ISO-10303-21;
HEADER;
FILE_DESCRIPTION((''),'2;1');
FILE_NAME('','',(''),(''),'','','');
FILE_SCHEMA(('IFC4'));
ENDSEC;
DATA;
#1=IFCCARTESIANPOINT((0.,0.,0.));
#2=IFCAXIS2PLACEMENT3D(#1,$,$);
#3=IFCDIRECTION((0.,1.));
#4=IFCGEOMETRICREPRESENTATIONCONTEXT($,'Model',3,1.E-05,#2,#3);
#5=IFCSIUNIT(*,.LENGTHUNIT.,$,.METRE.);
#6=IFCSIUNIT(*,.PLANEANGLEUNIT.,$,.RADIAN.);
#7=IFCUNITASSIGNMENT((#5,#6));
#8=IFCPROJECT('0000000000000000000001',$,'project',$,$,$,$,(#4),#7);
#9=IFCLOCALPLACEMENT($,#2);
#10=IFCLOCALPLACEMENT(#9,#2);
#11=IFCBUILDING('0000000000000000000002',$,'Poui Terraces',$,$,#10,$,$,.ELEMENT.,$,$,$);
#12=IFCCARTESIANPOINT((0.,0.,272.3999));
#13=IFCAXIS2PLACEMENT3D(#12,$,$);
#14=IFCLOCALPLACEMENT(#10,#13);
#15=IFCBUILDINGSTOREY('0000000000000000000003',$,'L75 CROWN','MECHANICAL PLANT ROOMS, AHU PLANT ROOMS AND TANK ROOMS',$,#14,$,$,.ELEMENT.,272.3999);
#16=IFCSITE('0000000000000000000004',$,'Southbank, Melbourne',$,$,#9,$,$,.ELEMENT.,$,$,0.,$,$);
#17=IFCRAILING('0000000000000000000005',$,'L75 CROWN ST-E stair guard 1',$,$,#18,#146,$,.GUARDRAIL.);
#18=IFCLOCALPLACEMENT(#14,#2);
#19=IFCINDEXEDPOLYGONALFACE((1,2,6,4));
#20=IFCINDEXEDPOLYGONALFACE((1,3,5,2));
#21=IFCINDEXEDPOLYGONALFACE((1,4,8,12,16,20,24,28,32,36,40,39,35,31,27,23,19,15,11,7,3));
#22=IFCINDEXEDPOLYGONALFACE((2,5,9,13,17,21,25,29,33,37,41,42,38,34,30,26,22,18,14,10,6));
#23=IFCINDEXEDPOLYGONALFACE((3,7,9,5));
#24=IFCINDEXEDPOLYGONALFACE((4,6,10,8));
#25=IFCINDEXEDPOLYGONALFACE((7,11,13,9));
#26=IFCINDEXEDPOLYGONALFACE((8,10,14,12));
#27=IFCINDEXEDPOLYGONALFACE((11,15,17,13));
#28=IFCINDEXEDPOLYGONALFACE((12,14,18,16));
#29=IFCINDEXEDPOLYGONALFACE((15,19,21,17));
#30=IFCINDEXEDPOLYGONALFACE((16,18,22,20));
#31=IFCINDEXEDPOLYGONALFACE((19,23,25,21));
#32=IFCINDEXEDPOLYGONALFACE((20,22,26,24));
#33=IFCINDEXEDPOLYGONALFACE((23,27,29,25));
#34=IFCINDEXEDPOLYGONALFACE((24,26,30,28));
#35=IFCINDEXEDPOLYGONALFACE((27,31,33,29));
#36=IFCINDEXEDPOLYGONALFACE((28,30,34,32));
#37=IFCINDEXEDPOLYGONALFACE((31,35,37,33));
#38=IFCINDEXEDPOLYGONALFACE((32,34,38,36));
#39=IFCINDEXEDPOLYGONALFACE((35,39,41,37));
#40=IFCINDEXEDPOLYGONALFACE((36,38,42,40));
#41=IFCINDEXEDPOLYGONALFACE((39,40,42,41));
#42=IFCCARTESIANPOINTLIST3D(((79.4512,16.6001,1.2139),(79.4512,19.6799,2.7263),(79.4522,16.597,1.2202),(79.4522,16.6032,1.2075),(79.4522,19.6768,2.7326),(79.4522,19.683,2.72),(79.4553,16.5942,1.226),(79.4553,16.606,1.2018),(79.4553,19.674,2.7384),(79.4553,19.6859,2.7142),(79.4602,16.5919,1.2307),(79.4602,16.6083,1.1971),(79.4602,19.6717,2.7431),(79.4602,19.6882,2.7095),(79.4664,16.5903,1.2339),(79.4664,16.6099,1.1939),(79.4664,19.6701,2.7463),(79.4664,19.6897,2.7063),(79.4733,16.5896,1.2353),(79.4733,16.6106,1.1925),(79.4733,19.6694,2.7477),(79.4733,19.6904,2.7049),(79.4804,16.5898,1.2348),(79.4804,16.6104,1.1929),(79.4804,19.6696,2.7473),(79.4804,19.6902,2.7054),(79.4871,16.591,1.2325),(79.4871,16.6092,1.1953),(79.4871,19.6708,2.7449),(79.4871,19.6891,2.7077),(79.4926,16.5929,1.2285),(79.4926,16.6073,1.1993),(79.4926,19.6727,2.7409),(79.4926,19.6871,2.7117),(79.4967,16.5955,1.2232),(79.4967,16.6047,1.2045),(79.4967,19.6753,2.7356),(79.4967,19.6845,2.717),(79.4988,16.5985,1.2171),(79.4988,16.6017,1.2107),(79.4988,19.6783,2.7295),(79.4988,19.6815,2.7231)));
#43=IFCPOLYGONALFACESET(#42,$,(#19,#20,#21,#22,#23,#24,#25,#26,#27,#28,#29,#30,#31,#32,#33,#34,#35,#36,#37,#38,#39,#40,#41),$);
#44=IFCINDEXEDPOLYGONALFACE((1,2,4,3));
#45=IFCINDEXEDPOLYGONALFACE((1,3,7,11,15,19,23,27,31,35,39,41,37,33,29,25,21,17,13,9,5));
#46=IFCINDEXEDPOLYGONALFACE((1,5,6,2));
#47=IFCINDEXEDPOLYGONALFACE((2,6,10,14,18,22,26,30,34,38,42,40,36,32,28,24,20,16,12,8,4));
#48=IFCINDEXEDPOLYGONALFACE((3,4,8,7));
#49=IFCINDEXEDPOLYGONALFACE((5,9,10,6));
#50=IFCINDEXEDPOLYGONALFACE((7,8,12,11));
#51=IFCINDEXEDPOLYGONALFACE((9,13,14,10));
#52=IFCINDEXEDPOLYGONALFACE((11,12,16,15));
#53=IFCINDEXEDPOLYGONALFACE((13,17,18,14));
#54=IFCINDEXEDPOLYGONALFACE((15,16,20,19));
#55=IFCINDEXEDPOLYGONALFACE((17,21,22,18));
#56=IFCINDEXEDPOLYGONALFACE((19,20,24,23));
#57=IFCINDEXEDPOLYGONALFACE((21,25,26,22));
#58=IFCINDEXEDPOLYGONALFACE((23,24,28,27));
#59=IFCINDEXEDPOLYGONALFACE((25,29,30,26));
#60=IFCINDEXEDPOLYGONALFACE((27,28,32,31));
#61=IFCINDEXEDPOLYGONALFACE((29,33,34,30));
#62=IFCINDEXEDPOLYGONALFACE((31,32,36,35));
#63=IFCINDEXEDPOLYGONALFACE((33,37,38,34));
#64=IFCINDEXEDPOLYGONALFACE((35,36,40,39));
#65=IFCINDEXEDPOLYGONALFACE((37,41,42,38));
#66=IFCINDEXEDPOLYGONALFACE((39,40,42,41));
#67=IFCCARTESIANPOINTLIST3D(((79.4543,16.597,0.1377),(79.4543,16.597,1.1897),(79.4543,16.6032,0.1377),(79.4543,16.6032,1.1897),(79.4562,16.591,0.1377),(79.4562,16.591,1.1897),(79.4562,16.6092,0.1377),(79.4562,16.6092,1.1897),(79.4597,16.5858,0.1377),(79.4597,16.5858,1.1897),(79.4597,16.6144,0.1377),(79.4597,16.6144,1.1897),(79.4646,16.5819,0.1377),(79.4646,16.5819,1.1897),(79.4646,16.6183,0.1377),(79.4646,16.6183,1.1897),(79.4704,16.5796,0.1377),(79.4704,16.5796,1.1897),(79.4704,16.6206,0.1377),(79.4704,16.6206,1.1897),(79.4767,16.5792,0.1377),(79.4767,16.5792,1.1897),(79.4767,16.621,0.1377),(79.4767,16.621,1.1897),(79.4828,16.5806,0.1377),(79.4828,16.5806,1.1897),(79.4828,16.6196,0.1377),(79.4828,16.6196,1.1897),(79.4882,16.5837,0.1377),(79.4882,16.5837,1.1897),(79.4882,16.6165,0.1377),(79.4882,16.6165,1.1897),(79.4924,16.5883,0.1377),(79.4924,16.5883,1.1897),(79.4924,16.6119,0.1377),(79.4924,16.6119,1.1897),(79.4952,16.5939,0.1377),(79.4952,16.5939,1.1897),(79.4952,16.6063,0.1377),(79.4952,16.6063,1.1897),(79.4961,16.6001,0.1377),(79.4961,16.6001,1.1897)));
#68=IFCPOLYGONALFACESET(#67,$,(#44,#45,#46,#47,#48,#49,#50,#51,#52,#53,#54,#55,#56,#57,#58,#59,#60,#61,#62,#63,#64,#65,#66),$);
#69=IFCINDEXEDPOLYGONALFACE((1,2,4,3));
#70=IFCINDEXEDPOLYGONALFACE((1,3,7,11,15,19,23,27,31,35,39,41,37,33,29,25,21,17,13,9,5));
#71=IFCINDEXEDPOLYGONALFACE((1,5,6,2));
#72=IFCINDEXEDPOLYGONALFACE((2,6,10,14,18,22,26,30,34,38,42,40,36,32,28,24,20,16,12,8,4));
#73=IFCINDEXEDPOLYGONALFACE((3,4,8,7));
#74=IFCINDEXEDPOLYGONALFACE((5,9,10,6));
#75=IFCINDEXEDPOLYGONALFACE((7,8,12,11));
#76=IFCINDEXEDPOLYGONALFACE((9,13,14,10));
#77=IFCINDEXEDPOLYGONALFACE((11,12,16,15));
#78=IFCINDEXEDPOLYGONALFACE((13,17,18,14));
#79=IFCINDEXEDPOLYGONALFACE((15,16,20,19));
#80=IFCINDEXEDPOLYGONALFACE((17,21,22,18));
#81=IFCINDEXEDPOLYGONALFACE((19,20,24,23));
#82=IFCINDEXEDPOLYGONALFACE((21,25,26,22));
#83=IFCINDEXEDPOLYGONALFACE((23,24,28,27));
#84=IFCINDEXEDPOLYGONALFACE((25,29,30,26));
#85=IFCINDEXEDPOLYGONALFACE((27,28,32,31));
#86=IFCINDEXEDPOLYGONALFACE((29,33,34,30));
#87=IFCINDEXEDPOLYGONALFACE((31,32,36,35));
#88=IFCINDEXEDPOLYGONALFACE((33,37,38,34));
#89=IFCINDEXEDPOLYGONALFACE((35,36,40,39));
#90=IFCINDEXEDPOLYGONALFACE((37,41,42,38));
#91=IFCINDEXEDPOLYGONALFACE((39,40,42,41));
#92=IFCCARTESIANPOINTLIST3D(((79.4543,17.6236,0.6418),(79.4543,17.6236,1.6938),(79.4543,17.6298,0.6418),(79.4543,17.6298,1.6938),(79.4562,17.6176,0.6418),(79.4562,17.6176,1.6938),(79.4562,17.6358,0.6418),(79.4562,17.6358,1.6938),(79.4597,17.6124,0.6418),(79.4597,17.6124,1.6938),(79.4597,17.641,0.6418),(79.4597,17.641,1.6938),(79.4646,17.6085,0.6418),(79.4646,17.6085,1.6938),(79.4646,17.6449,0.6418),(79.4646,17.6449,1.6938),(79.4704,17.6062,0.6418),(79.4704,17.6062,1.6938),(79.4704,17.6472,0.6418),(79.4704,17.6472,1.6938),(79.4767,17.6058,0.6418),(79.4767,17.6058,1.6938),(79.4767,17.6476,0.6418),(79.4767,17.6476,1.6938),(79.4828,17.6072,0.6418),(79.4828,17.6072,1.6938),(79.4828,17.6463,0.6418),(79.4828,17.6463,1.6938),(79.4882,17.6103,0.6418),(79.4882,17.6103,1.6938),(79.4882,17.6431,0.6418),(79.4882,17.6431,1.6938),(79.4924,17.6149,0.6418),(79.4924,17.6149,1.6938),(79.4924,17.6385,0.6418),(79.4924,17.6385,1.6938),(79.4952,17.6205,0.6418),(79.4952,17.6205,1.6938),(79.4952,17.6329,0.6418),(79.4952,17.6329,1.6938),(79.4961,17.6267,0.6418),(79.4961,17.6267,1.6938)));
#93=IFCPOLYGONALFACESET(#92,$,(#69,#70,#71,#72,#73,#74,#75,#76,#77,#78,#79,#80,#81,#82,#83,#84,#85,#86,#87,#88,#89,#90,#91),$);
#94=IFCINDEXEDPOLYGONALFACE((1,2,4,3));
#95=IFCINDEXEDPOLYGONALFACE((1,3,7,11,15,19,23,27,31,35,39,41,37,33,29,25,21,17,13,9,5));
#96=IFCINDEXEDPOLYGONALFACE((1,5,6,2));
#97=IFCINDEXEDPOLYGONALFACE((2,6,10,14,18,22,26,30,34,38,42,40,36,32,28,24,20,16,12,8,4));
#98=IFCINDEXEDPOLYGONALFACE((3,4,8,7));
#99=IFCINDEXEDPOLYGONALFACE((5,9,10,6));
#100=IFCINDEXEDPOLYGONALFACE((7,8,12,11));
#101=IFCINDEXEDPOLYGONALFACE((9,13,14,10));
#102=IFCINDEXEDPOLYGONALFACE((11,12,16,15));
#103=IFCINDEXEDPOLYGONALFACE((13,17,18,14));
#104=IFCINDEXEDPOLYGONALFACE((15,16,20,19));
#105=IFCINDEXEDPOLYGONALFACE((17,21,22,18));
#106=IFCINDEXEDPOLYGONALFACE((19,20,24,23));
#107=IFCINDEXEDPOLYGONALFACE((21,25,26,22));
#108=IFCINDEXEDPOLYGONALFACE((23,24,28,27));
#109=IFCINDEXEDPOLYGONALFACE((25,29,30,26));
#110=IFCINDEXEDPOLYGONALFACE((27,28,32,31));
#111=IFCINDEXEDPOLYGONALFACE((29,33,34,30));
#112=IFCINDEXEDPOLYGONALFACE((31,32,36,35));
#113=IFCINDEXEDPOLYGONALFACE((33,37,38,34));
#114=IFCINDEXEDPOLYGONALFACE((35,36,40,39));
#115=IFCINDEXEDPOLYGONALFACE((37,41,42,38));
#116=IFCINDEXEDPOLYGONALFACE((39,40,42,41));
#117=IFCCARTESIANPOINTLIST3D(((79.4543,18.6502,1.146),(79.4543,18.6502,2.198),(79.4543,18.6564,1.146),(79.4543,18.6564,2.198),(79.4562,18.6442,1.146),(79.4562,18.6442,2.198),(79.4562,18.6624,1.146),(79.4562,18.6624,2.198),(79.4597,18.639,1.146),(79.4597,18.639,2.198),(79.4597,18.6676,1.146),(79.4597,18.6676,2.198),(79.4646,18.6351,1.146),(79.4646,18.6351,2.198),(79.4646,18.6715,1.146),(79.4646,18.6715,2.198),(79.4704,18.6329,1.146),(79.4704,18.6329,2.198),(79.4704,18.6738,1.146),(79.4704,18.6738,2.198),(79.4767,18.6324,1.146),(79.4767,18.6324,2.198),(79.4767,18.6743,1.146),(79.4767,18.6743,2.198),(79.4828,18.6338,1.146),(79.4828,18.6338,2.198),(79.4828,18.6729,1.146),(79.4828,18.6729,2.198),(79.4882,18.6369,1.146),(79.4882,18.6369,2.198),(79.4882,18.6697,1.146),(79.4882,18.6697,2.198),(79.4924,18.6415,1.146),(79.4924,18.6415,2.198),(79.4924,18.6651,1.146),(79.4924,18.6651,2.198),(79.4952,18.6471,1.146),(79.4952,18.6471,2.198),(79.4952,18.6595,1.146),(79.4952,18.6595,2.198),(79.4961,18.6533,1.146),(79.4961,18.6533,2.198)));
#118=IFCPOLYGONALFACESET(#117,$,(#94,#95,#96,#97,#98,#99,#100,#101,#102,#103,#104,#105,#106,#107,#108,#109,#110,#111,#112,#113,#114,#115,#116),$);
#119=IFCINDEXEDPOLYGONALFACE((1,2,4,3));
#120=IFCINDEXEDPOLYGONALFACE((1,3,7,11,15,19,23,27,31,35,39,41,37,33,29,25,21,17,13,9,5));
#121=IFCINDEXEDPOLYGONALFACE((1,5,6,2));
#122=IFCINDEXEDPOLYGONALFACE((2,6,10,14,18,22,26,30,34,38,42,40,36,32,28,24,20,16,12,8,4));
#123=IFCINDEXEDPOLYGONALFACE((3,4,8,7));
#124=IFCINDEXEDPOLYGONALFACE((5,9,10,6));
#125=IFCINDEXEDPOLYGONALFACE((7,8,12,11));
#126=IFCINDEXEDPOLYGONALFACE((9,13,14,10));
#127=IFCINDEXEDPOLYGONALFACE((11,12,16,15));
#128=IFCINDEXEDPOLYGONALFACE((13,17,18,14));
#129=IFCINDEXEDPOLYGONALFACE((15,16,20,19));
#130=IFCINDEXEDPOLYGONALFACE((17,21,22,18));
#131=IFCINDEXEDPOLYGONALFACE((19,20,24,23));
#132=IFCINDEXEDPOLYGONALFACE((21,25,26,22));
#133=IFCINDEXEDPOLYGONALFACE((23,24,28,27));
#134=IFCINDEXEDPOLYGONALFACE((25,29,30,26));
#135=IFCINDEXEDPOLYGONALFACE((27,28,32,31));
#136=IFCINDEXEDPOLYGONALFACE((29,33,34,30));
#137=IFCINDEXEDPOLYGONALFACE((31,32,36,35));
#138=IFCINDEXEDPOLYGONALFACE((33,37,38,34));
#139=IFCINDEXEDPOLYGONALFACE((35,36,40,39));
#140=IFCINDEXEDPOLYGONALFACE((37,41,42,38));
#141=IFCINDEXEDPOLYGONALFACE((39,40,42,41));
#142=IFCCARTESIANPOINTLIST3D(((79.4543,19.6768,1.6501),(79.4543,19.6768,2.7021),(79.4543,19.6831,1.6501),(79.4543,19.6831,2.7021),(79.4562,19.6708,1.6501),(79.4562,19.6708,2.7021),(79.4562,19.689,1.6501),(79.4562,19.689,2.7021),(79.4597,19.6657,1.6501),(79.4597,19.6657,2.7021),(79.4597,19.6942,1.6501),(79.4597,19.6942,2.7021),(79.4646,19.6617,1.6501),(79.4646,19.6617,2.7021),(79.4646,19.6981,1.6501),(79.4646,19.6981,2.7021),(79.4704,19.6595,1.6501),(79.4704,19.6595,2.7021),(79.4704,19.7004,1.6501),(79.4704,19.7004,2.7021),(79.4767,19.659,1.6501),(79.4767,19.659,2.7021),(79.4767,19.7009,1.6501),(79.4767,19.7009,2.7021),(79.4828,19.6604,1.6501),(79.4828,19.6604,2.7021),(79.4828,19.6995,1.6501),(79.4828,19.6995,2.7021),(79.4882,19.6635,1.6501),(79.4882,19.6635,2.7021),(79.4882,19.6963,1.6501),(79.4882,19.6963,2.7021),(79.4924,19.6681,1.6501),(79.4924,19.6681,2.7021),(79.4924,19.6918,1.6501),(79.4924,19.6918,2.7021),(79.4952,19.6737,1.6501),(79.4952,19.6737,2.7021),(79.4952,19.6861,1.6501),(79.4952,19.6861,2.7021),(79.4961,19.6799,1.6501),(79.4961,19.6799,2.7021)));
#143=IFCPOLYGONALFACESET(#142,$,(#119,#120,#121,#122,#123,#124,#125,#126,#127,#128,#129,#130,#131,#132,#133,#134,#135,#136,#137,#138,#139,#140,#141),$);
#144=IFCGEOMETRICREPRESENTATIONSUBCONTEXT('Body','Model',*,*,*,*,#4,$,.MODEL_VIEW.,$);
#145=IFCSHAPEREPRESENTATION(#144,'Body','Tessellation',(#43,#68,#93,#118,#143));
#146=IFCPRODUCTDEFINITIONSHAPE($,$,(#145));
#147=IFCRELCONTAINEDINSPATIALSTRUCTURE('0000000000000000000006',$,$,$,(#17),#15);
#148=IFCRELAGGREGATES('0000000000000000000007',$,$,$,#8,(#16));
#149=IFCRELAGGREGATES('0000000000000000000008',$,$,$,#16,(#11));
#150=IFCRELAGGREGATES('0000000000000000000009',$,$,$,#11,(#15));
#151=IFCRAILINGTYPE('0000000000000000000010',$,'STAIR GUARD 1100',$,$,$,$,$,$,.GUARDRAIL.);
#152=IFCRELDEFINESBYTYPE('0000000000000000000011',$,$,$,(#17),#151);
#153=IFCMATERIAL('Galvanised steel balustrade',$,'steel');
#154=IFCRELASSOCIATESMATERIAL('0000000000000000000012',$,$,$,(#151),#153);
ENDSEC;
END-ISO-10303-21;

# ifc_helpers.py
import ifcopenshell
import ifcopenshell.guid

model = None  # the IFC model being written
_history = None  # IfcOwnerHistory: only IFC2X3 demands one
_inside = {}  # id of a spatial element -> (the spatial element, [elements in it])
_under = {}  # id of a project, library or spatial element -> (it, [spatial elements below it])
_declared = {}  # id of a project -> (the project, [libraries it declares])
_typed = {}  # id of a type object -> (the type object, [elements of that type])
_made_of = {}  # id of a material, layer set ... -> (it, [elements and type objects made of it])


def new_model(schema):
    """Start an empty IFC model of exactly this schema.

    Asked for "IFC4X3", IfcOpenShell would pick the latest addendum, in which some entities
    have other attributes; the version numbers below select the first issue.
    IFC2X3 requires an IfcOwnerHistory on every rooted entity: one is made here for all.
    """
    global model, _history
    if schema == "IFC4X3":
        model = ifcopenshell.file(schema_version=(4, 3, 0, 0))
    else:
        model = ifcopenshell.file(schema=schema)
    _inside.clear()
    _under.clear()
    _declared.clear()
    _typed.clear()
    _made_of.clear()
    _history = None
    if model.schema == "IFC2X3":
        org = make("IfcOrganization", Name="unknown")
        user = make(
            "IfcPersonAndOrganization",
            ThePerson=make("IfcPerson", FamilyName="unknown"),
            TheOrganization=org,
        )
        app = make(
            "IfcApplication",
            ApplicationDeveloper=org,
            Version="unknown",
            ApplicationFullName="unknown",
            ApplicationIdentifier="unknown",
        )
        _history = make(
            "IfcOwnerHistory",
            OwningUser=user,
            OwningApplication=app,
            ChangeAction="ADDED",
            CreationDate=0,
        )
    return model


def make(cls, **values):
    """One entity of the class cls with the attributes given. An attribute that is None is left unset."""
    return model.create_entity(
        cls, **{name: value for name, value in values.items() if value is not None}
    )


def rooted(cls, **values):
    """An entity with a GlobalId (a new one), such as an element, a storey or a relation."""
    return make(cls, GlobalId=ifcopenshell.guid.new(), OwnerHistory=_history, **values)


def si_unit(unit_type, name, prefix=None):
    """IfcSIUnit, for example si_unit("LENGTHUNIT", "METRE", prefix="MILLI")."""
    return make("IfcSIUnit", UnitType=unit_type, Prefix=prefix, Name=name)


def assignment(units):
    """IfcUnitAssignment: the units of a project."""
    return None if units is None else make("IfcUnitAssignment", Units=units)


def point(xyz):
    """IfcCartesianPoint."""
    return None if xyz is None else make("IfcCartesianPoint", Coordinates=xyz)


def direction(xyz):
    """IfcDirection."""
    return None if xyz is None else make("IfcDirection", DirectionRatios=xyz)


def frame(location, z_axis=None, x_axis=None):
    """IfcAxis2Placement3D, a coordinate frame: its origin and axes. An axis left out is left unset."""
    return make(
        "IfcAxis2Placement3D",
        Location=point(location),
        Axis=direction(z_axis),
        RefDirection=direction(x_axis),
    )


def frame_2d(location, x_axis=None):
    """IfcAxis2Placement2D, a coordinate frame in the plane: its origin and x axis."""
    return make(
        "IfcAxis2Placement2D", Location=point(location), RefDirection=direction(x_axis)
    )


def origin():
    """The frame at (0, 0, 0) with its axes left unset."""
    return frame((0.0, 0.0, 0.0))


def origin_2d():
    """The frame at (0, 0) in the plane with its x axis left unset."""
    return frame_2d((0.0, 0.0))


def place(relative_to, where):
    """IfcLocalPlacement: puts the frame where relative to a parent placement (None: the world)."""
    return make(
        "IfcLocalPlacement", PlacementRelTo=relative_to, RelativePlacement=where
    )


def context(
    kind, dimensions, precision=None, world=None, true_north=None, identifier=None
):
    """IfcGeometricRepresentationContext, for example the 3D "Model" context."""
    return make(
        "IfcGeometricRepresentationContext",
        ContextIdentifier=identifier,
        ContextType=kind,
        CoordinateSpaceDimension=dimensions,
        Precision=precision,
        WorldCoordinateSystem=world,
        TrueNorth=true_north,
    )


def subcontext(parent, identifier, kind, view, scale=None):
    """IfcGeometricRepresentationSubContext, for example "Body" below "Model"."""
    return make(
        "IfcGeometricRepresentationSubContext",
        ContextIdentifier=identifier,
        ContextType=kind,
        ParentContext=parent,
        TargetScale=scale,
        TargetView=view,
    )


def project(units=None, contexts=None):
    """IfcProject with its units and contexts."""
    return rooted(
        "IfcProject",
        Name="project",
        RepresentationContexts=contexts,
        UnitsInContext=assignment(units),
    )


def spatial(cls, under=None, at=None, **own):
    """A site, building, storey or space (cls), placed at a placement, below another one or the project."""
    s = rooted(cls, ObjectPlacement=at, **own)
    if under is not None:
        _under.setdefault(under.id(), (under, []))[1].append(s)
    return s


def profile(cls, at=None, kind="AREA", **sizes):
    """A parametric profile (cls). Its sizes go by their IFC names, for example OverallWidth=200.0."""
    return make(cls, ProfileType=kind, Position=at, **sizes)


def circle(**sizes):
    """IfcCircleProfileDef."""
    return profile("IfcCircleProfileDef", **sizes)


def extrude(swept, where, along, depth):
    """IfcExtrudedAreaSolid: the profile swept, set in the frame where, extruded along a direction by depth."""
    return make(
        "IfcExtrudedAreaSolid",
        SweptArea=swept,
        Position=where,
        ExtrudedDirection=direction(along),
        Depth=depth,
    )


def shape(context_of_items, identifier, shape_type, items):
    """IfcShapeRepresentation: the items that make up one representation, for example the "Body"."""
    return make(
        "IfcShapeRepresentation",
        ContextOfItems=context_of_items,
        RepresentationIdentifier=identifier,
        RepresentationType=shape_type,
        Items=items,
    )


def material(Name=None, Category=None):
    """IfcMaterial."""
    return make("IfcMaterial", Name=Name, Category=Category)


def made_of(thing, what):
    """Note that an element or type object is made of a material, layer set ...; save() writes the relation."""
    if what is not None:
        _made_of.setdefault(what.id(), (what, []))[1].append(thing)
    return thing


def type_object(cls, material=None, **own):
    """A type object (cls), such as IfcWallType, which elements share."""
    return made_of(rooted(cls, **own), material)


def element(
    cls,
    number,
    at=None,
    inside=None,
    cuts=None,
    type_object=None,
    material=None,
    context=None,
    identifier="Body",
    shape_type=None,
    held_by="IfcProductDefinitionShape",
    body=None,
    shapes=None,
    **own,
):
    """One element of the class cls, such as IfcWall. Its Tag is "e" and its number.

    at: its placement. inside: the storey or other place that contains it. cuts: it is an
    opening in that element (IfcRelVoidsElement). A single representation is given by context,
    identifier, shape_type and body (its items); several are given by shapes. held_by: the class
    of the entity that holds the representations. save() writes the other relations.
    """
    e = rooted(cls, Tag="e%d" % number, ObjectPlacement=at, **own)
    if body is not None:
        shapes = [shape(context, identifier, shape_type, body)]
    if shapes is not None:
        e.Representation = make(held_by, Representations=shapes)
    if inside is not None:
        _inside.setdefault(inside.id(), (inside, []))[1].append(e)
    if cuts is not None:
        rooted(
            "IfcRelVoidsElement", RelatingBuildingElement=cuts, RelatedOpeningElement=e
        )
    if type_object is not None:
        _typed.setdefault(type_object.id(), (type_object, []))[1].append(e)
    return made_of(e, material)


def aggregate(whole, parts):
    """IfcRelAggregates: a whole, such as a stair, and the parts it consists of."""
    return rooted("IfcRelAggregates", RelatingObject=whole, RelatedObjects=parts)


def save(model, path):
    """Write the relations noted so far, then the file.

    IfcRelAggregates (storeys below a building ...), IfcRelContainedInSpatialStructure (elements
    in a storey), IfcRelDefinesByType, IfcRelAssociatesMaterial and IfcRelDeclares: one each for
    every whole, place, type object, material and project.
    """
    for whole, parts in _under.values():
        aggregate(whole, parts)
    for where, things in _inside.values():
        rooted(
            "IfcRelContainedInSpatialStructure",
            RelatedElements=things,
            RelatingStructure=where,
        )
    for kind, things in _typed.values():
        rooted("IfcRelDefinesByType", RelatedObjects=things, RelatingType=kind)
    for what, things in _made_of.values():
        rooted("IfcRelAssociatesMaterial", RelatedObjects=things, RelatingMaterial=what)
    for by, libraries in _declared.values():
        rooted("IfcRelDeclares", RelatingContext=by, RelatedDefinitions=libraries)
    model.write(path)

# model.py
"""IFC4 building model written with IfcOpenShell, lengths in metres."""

from ifc_helpers import new_model, si_unit, direction, frame, origin, origin_2d, place, context, subcontext, project, spatial, circle, extrude, material, type_object, element, save


model = new_model("IFC4")

# Units and contexts
model_context = context("Model", 3, precision=1e-05, world=origin(), true_north=direction((0.0, 1.0)))
body_context = subcontext(model_context, "Body", "Model", "MODEL_VIEW")
ifc_project = project(units=[si_unit("LENGTHUNIT", "METRE"), si_unit("PLANEANGLEUNIT", "RADIAN")], contexts=[model_context])

# Site, building, storey
site_placement = place(None, origin())
site = spatial("IfcSite", under=ifc_project, at=site_placement, Name="Southbank, Melbourne", CompositionType="ELEMENT", RefElevation=0.0)
building_placement = place(site_placement, origin())
building = spatial("IfcBuilding", under=site, at=building_placement, Name="Poui Terraces", CompositionType="ELEMENT")
storey_placement = place(building_placement, frame((0.0, 0.0, 272.3999)))
storey = spatial("IfcBuildingStorey", under=building, at=storey_placement, Name="L75 CROWN", Description="MECHANICAL PLANT ROOMS, AHU PLANT ROOMS AND TANK ROOMS", CompositionType="ELEMENT", Elevation=272.3999)

# Railing
ifc_material_1 = material(Name="Galvanised steel balustrade", Category="steel")
railing_type_1 = type_object("IfcRailingType", Name="STAIR GUARD 1100", PredefinedType="GUARDRAIL", material=ifc_material_1)
railing_1_placement = place(storey_placement, frame((79.4751, 16.6001, 0.1377)))
element("IfcRailing", 1, at=railing_1_placement, inside=storey, type_object=railing_type_1, Name="L75 CROWN ST-E stair guard 1", PredefinedType="GUARDRAIL", context=body_context, shape_type="SweptSolid", body=[
    extrude(circle(Radius=0.0239, at=origin_2d()), frame((0.0, 0.0, 1.0762), z_axis=(0.0, 0.897606, 0.440798), x_axis=(-1.0, 0.0, 0.0)), (0.0, 0.0, 1.0), 3.4312),
    extrude(circle(Radius=0.021, at=origin_2d()), origin(), (0.0, 0.0, 1.0), 1.052),
    extrude(circle(Radius=0.021, at=origin_2d()), frame((0.0, 1.0266, 0.5042)), (0.0, 0.0, 1.0), 1.052),
    extrude(circle(Radius=0.021, at=origin_2d()), frame((0.0, 2.0532, 1.0083)), (0.0, 0.0, 1.0), 1.052),
    extrude(circle(Radius=0.021, at=origin_2d()), frame((0.0, 3.0798, 1.5125)), (0.0, 0.0, 1.0), 1.052),
])

save(model, "model.ifc")
